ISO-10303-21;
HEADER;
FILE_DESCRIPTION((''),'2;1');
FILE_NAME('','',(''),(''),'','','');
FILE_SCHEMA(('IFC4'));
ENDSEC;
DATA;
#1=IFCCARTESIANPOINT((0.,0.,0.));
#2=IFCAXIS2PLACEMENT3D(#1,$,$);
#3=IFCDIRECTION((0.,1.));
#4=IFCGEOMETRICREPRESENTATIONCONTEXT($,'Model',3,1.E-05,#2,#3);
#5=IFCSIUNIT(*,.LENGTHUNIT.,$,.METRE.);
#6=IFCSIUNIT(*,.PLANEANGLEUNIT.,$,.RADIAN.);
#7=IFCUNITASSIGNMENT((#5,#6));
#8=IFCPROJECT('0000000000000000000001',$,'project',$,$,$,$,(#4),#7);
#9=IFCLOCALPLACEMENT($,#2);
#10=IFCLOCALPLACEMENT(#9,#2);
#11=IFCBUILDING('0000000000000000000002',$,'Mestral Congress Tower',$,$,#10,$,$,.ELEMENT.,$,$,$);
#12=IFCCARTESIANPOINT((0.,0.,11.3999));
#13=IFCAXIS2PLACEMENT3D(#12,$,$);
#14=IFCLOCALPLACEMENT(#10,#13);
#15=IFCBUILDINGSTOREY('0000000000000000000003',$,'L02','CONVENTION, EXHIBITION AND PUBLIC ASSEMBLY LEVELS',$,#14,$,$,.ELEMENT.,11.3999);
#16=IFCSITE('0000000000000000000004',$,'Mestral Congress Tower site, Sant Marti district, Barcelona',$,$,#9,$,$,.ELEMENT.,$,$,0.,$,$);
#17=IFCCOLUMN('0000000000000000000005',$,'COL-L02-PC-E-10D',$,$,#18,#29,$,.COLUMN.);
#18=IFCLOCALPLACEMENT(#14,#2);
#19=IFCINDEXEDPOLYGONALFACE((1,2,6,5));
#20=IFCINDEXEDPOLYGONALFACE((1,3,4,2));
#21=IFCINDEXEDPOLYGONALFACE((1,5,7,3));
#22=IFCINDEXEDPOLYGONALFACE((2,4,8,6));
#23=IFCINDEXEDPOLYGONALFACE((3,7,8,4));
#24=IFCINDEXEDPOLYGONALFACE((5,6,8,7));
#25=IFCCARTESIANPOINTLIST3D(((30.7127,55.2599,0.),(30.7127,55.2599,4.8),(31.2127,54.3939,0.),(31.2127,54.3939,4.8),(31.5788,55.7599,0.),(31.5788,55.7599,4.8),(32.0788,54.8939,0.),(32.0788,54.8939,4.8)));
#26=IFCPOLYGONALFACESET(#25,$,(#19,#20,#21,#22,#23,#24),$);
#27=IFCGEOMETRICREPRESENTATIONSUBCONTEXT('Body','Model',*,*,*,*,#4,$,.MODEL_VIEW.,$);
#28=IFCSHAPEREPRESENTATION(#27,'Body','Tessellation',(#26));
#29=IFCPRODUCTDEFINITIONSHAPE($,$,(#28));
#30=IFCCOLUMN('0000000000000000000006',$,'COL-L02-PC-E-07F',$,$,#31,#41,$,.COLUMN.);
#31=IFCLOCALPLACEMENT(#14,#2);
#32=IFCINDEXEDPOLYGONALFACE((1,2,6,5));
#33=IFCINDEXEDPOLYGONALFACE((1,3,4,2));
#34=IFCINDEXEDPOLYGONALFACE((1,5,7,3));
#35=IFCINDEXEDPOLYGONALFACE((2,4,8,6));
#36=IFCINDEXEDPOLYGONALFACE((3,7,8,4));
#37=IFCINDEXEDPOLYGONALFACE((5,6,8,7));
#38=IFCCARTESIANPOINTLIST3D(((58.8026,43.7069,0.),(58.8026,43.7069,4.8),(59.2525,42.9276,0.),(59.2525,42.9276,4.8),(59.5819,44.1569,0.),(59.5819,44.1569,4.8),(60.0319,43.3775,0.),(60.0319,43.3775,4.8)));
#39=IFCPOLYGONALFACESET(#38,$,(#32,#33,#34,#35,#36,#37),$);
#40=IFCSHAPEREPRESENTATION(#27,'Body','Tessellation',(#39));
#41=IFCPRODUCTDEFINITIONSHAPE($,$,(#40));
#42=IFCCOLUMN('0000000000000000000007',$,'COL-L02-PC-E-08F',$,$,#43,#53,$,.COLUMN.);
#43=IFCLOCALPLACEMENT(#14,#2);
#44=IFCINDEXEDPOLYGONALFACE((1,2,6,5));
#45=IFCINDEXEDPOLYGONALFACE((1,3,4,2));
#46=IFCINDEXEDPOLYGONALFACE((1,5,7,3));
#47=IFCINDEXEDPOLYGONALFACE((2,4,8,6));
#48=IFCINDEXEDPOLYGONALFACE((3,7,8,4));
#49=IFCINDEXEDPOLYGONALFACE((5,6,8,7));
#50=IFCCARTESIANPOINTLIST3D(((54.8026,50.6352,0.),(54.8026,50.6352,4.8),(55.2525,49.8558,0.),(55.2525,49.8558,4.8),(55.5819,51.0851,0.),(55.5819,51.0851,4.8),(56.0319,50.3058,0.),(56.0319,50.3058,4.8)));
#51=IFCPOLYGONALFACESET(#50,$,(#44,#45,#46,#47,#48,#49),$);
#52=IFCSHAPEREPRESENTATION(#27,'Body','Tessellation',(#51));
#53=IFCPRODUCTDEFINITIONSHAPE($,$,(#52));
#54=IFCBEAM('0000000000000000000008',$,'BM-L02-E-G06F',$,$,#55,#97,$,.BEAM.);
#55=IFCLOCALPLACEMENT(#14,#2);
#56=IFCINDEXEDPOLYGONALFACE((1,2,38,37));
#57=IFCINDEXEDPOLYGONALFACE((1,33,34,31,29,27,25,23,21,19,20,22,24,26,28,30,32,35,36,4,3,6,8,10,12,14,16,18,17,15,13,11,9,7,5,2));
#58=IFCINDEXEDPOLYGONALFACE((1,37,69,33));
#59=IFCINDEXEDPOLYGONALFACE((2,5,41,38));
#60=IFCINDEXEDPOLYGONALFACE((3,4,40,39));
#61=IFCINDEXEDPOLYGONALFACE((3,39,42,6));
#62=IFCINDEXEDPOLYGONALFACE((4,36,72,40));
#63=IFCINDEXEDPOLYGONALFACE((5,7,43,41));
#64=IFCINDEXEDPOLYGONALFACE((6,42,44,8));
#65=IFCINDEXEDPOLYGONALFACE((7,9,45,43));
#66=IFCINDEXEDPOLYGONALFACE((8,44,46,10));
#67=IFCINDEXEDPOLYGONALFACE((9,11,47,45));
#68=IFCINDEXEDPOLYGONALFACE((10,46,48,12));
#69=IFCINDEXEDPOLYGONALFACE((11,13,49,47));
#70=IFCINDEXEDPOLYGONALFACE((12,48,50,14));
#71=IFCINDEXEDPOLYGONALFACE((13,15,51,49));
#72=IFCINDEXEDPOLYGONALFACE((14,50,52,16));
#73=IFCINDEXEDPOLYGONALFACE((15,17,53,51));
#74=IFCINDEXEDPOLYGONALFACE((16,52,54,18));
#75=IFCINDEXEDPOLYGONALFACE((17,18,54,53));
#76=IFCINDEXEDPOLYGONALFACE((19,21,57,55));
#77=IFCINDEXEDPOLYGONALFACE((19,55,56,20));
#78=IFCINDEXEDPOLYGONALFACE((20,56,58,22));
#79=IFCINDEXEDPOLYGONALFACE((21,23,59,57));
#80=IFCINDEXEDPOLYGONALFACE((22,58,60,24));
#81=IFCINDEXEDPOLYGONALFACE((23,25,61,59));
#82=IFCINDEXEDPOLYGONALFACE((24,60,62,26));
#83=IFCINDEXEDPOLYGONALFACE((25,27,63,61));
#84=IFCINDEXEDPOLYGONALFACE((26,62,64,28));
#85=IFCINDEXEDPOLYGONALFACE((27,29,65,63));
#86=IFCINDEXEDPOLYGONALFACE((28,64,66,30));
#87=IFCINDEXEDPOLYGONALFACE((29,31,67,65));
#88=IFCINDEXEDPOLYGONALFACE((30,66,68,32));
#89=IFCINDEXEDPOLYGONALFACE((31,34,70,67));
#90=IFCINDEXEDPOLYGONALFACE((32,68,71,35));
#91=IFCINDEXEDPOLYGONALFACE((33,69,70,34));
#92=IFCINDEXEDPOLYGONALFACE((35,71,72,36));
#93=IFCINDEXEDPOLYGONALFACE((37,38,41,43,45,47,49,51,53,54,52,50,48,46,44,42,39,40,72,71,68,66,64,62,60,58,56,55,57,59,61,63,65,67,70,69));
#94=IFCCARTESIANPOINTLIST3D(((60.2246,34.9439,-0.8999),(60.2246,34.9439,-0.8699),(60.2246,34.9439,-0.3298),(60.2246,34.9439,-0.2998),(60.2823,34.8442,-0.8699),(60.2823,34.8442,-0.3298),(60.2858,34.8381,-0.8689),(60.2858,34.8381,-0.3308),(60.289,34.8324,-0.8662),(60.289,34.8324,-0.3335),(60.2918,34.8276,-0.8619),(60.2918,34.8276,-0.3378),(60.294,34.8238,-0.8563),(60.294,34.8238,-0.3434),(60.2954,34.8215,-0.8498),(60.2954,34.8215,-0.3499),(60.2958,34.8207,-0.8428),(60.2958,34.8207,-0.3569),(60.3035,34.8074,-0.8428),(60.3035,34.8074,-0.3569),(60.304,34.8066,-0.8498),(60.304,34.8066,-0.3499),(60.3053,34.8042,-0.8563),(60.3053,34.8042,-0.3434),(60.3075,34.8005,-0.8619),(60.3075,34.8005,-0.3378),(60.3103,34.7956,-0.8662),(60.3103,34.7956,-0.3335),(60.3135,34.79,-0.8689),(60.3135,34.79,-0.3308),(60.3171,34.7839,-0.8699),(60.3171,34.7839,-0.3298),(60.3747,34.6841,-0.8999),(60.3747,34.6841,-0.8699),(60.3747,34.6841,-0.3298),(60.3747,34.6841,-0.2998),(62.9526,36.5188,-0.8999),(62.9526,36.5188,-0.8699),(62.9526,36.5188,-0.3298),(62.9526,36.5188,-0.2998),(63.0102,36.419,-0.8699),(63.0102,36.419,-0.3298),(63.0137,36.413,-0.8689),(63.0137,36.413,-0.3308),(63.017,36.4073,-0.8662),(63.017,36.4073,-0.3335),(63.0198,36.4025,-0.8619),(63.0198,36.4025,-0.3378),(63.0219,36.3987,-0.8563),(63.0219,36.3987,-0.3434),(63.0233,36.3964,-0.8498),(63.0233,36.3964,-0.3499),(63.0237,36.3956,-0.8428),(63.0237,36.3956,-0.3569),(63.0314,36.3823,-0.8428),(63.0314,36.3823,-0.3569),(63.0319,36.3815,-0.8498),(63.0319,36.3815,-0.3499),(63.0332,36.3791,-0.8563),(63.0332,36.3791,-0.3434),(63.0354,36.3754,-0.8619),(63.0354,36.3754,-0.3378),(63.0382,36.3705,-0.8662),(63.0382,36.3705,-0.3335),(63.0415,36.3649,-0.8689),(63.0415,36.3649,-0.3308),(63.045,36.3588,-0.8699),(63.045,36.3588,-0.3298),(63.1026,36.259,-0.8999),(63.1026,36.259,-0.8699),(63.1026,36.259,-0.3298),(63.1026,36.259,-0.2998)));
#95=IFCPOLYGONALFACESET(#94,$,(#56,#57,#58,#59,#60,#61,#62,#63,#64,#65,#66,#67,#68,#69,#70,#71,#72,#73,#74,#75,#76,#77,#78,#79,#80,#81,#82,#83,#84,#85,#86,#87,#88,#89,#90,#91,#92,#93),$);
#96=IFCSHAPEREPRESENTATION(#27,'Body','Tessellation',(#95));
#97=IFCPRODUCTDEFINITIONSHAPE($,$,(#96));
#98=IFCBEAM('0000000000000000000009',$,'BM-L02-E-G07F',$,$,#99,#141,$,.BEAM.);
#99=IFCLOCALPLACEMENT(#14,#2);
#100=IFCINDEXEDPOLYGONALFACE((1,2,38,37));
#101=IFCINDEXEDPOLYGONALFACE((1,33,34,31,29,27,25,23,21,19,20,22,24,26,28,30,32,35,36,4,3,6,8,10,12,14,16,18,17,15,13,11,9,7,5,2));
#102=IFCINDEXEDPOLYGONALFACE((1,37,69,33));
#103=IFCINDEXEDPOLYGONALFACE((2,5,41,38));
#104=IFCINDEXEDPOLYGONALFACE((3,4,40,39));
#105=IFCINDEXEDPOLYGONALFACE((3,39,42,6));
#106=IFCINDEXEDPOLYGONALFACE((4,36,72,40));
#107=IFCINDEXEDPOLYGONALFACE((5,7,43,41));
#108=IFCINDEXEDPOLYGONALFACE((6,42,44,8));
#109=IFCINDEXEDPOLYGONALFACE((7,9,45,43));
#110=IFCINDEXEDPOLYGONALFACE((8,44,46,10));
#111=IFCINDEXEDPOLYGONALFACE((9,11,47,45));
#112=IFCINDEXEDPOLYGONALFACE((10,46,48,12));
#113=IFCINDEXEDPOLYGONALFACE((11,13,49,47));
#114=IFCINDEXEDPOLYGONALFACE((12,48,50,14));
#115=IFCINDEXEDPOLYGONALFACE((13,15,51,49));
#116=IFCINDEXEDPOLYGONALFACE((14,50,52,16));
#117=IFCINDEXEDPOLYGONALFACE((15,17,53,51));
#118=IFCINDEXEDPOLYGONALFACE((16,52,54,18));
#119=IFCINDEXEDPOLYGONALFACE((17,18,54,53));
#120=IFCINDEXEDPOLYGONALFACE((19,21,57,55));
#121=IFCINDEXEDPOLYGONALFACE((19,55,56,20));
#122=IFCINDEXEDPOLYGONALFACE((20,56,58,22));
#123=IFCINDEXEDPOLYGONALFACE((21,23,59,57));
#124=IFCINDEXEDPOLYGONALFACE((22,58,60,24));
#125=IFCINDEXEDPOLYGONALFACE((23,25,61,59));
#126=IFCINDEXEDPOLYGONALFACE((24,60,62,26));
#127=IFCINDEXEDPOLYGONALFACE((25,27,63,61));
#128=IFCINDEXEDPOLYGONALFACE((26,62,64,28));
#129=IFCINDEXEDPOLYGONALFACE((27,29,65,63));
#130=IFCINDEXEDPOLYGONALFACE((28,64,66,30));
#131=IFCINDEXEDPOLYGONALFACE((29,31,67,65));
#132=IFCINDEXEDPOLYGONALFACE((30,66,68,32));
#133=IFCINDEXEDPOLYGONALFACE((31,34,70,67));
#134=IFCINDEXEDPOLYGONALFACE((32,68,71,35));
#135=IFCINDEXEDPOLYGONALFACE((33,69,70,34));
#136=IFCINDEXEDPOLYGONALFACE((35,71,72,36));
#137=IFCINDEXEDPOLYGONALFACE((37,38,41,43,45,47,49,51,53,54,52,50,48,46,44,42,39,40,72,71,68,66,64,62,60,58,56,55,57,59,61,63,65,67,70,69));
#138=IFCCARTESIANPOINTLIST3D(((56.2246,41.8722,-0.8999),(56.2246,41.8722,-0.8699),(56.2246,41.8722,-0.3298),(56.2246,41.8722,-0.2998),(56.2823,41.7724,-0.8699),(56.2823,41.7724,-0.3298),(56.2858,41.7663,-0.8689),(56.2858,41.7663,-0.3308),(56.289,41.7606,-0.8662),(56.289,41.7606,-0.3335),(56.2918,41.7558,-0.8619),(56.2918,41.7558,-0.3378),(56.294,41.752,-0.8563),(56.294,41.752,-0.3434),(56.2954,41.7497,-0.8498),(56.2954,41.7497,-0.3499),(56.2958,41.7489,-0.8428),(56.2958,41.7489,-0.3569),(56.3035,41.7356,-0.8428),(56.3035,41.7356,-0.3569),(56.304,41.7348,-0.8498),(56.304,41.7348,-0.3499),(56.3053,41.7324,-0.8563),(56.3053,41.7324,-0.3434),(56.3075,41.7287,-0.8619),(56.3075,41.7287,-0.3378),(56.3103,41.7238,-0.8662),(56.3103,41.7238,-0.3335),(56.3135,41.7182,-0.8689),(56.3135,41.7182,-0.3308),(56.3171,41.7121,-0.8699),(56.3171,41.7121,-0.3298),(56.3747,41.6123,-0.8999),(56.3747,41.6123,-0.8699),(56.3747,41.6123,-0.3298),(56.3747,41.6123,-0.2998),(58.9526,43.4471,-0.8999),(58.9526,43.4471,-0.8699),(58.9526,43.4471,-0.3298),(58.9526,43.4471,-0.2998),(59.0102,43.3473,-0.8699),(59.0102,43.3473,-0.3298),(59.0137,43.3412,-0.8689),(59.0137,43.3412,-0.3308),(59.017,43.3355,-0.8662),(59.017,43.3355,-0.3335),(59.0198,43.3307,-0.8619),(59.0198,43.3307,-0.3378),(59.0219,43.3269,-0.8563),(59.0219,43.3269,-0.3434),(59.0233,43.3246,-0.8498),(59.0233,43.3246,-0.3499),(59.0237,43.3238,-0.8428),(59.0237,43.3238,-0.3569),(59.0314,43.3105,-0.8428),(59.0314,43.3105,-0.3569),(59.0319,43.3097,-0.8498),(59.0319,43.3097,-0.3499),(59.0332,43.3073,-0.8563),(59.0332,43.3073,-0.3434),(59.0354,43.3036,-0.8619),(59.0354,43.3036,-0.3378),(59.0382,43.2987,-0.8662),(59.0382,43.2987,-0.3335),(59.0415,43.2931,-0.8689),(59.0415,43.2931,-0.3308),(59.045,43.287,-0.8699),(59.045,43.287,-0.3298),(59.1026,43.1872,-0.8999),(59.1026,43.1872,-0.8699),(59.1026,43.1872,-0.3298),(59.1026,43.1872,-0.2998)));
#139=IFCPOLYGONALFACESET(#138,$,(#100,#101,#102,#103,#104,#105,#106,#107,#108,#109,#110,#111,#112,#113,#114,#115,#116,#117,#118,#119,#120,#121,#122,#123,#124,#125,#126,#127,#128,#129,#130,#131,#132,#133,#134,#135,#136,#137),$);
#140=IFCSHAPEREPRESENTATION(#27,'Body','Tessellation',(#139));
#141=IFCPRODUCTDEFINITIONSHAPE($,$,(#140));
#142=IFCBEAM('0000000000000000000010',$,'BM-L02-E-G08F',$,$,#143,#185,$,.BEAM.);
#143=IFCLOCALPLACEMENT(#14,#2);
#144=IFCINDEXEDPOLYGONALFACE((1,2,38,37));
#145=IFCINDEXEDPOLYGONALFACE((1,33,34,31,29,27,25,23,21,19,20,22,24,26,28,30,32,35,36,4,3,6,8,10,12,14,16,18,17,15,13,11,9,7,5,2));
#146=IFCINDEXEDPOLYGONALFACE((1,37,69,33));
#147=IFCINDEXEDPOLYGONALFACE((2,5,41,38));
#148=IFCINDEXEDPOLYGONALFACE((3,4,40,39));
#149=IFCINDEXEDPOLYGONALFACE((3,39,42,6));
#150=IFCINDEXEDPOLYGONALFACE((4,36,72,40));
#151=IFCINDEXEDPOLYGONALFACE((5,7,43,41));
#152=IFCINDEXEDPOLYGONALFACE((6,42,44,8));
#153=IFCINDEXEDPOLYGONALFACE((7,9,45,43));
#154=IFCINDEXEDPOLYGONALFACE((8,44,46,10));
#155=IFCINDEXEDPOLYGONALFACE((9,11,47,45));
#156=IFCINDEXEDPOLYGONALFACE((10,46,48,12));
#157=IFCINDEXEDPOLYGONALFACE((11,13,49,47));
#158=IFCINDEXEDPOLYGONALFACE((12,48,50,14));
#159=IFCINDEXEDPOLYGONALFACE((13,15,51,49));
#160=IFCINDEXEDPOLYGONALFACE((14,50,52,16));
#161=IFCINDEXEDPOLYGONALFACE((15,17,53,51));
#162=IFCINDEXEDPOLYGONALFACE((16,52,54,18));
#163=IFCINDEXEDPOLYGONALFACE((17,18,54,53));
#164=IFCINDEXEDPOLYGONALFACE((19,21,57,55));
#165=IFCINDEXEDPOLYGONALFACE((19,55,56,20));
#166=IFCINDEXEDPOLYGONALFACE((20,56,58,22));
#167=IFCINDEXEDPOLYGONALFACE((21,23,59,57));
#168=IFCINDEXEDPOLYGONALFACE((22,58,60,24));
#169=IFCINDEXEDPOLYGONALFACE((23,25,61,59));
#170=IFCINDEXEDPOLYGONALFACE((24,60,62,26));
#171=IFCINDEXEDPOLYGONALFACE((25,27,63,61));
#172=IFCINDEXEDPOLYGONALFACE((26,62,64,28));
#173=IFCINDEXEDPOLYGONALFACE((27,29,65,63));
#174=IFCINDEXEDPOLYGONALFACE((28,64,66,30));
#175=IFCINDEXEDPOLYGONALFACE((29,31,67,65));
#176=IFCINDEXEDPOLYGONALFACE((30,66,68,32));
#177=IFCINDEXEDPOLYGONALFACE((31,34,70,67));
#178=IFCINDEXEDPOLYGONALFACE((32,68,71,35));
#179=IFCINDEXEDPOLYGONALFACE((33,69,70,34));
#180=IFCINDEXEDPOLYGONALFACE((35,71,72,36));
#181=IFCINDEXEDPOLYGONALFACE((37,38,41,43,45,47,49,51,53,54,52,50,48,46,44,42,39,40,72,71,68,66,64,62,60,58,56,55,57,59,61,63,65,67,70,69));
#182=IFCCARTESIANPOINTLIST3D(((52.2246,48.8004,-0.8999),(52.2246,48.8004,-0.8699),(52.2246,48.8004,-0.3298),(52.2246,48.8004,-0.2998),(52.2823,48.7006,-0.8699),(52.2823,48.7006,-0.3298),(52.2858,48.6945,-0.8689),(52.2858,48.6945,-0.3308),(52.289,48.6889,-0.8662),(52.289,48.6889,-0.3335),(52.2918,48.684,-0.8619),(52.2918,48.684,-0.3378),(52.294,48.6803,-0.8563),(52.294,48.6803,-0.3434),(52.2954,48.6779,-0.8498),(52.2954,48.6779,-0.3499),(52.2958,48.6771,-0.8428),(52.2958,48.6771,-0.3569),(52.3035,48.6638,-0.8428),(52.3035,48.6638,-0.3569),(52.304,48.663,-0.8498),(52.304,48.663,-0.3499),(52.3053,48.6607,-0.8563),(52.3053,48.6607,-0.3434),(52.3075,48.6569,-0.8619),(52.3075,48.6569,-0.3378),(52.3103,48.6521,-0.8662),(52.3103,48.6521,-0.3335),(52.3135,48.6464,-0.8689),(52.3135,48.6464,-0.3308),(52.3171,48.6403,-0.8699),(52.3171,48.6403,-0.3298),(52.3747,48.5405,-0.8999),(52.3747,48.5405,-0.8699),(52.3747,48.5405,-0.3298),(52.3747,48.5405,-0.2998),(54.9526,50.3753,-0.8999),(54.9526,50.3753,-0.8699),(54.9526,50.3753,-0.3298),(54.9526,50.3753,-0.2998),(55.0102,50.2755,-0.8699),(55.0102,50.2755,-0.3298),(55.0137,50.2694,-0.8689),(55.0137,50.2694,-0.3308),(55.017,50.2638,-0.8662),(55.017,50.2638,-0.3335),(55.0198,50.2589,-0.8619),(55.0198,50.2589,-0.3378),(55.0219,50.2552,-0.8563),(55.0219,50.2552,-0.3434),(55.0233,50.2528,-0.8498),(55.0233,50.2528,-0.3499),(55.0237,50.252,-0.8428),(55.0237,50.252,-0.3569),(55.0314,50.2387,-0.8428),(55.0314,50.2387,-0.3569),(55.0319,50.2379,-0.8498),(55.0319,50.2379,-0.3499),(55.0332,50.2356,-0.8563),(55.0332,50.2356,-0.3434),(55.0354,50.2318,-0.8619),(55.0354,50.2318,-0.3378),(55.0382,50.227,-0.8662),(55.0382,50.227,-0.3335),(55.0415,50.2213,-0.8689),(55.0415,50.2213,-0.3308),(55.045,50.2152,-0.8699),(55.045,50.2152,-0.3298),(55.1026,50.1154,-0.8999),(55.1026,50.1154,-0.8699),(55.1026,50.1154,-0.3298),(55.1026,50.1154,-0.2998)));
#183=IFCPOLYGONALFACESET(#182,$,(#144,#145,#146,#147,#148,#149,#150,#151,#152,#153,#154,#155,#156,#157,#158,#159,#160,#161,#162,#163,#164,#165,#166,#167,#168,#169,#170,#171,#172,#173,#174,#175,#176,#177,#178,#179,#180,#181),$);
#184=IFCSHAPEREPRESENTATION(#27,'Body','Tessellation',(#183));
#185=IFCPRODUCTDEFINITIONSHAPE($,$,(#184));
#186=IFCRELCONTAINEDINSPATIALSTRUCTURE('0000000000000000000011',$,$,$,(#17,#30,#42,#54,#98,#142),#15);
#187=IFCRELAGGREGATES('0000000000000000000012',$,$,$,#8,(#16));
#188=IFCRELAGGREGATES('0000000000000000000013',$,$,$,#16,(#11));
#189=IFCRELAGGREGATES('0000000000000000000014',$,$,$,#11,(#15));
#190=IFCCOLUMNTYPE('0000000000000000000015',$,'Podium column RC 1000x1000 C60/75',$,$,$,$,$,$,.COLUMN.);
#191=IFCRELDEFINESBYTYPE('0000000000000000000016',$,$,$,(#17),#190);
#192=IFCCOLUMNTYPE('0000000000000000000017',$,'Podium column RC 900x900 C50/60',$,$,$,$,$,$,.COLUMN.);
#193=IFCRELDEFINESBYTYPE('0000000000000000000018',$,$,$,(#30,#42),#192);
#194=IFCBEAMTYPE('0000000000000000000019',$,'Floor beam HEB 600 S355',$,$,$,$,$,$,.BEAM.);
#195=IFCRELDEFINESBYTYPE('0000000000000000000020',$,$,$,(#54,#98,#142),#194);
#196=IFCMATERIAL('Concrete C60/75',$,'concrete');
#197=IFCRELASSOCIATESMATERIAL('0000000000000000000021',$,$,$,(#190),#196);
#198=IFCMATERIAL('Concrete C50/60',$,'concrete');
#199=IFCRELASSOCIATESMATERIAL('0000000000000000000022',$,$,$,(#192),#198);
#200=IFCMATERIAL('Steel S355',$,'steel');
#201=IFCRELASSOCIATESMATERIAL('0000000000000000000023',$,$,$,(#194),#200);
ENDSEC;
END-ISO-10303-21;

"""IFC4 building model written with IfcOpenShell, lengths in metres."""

from ifc_helpers import new_model, si_unit, direction, frame, origin, origin_2d, place, context, subcontext, project, spatial, rectangle, i_section, extrude, material, material_profile, profile_set, type_object, element, save


model = new_model("IFC4")

# Units and contexts
model_context = context("Model", 3, precision=1e-05, world=origin(), true_north=direction((0.0, 1.0)))
body_context = subcontext(model_context, "Body", "Model", "MODEL_VIEW")
ifc_project = project(units=[si_unit("LENGTHUNIT", "METRE"), si_unit("PLANEANGLEUNIT", "RADIAN")], contexts=[model_context])

# Site, building, storey
site_placement = place(None, origin())
site = spatial("IfcSite", under=ifc_project, at=site_placement, Name="Mestral Congress Tower site, Sant Marti district, Barcelona", CompositionType="ELEMENT", RefElevation=0.0)
building_placement = place(site_placement, origin())
building = spatial("IfcBuilding", under=site, at=building_placement, Name="Mestral Congress Tower", CompositionType="ELEMENT")
storey_placement = place(building_placement, frame((0.0, 0.0, 11.3999)))
storey = spatial("IfcBuildingStorey", under=building, at=storey_placement, Name="L02", Description="CONVENTION, EXHIBITION AND PUBLIC ASSEMBLY LEVELS", CompositionType="ELEMENT", Elevation=11.3999)

# Columns
ifc_material_1 = material(Name="Concrete C60/75", Category="concrete")
ifc_material_profile_1 = material_profile(ifc_material_1, rectangle(XDim=1.0, YDim=1.0, at=origin_2d()), Name="RC 1000x1000")
ifc_profile_set_1 = profile_set([ifc_material_profile_1], Name="Concrete C60/75")
column_type_1 = type_object("IfcColumnType", Name="Podium column RC 1000x1000 C60/75", PredefinedType="COLUMN", material=ifc_profile_set_1)
column_placement = place(storey_placement, frame((31.3958, 55.0769, 0.0), z_axis=(0.0, 0.0, 1.0), x_axis=(-0.5, 0.866025, 0.0)))
element("IfcColumn", 1, at=column_placement, inside=storey, type_object=column_type_1, Name="COL-L02-PC-E-10D", PredefinedType="COLUMN", context=body_context, shape_type="SweptSolid", body=[
    extrude(rectangle(XDim=1.0, YDim=1.0, at=origin_2d()), origin(), (0.0, 0.0, 1.0), 4.8),
])
ifc_material_2 = material(Name="Concrete C50/60", Category="concrete")
ifc_material_profile_2 = material_profile(ifc_material_2, rectangle(XDim=0.8999, YDim=0.8999, at=origin_2d()), Name="RC 900x900")
ifc_profile_set_2 = profile_set([ifc_material_profile_2], Name="Concrete C50/60")
column_type_2 = type_object("IfcColumnType", Name="Podium column RC 900x900 C50/60", PredefinedType="COLUMN", material=ifc_profile_set_2)
for number, where, z_axis, x_axis, name in (
    (2, (59.4172, 43.5422, 0.0), (0.0, 0.0, 1.0), (-0.5, 0.866025, 0.0), "COL-L02-PC-E-07F"),
    (3, (55.4172, 50.4705, 0.0), (0.0, 0.0, 1.0), (-0.5, 0.866025, 0.0), "COL-L02-PC-E-08F"),
):
    element("IfcColumn", number, at=place(storey_placement, frame(where, z_axis=z_axis, x_axis=x_axis)), inside=storey, type_object=column_type_2, Name=name, PredefinedType="COLUMN", context=body_context, shape_type="SweptSolid", body=[
        extrude(rectangle(XDim=0.8999, YDim=0.8999, at=origin_2d()), origin(), (0.0, 0.0, 1.0), 4.8),
    ])

# Beams
ifc_material_3 = material(Name="Steel S355", Category="steel")
ifc_material_profile_3 = material_profile(ifc_material_3, i_section(OverallWidth=0.3, OverallDepth=0.6001, WebThickness=0.0154, FlangeThickness=0.03, FilletRadius=0.0271, at=origin_2d()), Name="HEB 600")
ifc_profile_set_3 = profile_set([ifc_material_profile_3], Name="Steel S355")
beam_type_1 = type_object("IfcBeamType", Name="Floor beam HEB 600 S355", PredefinedType="BEAM", material=ifc_profile_set_3)
for number, where, z_axis, x_axis, name in (
    (4, (63.0276, 36.3889, -0.5999), (-0.866036, -0.499982, 0.0), (0.499982, -0.866036, 0.0), "BM-L02-E-G06F"),
    (5, (59.0276, 43.3171, -0.5999), (-0.866036, -0.499982, 0.0), (0.499982, -0.866036, 0.0), "BM-L02-E-G07F"),
    (6, (55.0276, 50.2454, -0.5999), (-0.866036, -0.499982, 0.0), (0.499982, -0.866036, 0.0), "BM-L02-E-G08F"),
):
    element("IfcBeam", number, at=place(storey_placement, frame(where, z_axis=z_axis, x_axis=x_axis)), inside=storey, type_object=beam_type_1, Name=name, PredefinedType="BEAM", context=body_context, shape_type="SweptSolid", body=[
        extrude(i_section(OverallWidth=0.3, OverallDepth=0.6001, WebThickness=0.0154, FlangeThickness=0.03, FilletRadius=0.0271, at=origin_2d()), origin(), (0.0, 0.0, 1.0), 3.1499),
    ])

save(model, "model.ifc")
